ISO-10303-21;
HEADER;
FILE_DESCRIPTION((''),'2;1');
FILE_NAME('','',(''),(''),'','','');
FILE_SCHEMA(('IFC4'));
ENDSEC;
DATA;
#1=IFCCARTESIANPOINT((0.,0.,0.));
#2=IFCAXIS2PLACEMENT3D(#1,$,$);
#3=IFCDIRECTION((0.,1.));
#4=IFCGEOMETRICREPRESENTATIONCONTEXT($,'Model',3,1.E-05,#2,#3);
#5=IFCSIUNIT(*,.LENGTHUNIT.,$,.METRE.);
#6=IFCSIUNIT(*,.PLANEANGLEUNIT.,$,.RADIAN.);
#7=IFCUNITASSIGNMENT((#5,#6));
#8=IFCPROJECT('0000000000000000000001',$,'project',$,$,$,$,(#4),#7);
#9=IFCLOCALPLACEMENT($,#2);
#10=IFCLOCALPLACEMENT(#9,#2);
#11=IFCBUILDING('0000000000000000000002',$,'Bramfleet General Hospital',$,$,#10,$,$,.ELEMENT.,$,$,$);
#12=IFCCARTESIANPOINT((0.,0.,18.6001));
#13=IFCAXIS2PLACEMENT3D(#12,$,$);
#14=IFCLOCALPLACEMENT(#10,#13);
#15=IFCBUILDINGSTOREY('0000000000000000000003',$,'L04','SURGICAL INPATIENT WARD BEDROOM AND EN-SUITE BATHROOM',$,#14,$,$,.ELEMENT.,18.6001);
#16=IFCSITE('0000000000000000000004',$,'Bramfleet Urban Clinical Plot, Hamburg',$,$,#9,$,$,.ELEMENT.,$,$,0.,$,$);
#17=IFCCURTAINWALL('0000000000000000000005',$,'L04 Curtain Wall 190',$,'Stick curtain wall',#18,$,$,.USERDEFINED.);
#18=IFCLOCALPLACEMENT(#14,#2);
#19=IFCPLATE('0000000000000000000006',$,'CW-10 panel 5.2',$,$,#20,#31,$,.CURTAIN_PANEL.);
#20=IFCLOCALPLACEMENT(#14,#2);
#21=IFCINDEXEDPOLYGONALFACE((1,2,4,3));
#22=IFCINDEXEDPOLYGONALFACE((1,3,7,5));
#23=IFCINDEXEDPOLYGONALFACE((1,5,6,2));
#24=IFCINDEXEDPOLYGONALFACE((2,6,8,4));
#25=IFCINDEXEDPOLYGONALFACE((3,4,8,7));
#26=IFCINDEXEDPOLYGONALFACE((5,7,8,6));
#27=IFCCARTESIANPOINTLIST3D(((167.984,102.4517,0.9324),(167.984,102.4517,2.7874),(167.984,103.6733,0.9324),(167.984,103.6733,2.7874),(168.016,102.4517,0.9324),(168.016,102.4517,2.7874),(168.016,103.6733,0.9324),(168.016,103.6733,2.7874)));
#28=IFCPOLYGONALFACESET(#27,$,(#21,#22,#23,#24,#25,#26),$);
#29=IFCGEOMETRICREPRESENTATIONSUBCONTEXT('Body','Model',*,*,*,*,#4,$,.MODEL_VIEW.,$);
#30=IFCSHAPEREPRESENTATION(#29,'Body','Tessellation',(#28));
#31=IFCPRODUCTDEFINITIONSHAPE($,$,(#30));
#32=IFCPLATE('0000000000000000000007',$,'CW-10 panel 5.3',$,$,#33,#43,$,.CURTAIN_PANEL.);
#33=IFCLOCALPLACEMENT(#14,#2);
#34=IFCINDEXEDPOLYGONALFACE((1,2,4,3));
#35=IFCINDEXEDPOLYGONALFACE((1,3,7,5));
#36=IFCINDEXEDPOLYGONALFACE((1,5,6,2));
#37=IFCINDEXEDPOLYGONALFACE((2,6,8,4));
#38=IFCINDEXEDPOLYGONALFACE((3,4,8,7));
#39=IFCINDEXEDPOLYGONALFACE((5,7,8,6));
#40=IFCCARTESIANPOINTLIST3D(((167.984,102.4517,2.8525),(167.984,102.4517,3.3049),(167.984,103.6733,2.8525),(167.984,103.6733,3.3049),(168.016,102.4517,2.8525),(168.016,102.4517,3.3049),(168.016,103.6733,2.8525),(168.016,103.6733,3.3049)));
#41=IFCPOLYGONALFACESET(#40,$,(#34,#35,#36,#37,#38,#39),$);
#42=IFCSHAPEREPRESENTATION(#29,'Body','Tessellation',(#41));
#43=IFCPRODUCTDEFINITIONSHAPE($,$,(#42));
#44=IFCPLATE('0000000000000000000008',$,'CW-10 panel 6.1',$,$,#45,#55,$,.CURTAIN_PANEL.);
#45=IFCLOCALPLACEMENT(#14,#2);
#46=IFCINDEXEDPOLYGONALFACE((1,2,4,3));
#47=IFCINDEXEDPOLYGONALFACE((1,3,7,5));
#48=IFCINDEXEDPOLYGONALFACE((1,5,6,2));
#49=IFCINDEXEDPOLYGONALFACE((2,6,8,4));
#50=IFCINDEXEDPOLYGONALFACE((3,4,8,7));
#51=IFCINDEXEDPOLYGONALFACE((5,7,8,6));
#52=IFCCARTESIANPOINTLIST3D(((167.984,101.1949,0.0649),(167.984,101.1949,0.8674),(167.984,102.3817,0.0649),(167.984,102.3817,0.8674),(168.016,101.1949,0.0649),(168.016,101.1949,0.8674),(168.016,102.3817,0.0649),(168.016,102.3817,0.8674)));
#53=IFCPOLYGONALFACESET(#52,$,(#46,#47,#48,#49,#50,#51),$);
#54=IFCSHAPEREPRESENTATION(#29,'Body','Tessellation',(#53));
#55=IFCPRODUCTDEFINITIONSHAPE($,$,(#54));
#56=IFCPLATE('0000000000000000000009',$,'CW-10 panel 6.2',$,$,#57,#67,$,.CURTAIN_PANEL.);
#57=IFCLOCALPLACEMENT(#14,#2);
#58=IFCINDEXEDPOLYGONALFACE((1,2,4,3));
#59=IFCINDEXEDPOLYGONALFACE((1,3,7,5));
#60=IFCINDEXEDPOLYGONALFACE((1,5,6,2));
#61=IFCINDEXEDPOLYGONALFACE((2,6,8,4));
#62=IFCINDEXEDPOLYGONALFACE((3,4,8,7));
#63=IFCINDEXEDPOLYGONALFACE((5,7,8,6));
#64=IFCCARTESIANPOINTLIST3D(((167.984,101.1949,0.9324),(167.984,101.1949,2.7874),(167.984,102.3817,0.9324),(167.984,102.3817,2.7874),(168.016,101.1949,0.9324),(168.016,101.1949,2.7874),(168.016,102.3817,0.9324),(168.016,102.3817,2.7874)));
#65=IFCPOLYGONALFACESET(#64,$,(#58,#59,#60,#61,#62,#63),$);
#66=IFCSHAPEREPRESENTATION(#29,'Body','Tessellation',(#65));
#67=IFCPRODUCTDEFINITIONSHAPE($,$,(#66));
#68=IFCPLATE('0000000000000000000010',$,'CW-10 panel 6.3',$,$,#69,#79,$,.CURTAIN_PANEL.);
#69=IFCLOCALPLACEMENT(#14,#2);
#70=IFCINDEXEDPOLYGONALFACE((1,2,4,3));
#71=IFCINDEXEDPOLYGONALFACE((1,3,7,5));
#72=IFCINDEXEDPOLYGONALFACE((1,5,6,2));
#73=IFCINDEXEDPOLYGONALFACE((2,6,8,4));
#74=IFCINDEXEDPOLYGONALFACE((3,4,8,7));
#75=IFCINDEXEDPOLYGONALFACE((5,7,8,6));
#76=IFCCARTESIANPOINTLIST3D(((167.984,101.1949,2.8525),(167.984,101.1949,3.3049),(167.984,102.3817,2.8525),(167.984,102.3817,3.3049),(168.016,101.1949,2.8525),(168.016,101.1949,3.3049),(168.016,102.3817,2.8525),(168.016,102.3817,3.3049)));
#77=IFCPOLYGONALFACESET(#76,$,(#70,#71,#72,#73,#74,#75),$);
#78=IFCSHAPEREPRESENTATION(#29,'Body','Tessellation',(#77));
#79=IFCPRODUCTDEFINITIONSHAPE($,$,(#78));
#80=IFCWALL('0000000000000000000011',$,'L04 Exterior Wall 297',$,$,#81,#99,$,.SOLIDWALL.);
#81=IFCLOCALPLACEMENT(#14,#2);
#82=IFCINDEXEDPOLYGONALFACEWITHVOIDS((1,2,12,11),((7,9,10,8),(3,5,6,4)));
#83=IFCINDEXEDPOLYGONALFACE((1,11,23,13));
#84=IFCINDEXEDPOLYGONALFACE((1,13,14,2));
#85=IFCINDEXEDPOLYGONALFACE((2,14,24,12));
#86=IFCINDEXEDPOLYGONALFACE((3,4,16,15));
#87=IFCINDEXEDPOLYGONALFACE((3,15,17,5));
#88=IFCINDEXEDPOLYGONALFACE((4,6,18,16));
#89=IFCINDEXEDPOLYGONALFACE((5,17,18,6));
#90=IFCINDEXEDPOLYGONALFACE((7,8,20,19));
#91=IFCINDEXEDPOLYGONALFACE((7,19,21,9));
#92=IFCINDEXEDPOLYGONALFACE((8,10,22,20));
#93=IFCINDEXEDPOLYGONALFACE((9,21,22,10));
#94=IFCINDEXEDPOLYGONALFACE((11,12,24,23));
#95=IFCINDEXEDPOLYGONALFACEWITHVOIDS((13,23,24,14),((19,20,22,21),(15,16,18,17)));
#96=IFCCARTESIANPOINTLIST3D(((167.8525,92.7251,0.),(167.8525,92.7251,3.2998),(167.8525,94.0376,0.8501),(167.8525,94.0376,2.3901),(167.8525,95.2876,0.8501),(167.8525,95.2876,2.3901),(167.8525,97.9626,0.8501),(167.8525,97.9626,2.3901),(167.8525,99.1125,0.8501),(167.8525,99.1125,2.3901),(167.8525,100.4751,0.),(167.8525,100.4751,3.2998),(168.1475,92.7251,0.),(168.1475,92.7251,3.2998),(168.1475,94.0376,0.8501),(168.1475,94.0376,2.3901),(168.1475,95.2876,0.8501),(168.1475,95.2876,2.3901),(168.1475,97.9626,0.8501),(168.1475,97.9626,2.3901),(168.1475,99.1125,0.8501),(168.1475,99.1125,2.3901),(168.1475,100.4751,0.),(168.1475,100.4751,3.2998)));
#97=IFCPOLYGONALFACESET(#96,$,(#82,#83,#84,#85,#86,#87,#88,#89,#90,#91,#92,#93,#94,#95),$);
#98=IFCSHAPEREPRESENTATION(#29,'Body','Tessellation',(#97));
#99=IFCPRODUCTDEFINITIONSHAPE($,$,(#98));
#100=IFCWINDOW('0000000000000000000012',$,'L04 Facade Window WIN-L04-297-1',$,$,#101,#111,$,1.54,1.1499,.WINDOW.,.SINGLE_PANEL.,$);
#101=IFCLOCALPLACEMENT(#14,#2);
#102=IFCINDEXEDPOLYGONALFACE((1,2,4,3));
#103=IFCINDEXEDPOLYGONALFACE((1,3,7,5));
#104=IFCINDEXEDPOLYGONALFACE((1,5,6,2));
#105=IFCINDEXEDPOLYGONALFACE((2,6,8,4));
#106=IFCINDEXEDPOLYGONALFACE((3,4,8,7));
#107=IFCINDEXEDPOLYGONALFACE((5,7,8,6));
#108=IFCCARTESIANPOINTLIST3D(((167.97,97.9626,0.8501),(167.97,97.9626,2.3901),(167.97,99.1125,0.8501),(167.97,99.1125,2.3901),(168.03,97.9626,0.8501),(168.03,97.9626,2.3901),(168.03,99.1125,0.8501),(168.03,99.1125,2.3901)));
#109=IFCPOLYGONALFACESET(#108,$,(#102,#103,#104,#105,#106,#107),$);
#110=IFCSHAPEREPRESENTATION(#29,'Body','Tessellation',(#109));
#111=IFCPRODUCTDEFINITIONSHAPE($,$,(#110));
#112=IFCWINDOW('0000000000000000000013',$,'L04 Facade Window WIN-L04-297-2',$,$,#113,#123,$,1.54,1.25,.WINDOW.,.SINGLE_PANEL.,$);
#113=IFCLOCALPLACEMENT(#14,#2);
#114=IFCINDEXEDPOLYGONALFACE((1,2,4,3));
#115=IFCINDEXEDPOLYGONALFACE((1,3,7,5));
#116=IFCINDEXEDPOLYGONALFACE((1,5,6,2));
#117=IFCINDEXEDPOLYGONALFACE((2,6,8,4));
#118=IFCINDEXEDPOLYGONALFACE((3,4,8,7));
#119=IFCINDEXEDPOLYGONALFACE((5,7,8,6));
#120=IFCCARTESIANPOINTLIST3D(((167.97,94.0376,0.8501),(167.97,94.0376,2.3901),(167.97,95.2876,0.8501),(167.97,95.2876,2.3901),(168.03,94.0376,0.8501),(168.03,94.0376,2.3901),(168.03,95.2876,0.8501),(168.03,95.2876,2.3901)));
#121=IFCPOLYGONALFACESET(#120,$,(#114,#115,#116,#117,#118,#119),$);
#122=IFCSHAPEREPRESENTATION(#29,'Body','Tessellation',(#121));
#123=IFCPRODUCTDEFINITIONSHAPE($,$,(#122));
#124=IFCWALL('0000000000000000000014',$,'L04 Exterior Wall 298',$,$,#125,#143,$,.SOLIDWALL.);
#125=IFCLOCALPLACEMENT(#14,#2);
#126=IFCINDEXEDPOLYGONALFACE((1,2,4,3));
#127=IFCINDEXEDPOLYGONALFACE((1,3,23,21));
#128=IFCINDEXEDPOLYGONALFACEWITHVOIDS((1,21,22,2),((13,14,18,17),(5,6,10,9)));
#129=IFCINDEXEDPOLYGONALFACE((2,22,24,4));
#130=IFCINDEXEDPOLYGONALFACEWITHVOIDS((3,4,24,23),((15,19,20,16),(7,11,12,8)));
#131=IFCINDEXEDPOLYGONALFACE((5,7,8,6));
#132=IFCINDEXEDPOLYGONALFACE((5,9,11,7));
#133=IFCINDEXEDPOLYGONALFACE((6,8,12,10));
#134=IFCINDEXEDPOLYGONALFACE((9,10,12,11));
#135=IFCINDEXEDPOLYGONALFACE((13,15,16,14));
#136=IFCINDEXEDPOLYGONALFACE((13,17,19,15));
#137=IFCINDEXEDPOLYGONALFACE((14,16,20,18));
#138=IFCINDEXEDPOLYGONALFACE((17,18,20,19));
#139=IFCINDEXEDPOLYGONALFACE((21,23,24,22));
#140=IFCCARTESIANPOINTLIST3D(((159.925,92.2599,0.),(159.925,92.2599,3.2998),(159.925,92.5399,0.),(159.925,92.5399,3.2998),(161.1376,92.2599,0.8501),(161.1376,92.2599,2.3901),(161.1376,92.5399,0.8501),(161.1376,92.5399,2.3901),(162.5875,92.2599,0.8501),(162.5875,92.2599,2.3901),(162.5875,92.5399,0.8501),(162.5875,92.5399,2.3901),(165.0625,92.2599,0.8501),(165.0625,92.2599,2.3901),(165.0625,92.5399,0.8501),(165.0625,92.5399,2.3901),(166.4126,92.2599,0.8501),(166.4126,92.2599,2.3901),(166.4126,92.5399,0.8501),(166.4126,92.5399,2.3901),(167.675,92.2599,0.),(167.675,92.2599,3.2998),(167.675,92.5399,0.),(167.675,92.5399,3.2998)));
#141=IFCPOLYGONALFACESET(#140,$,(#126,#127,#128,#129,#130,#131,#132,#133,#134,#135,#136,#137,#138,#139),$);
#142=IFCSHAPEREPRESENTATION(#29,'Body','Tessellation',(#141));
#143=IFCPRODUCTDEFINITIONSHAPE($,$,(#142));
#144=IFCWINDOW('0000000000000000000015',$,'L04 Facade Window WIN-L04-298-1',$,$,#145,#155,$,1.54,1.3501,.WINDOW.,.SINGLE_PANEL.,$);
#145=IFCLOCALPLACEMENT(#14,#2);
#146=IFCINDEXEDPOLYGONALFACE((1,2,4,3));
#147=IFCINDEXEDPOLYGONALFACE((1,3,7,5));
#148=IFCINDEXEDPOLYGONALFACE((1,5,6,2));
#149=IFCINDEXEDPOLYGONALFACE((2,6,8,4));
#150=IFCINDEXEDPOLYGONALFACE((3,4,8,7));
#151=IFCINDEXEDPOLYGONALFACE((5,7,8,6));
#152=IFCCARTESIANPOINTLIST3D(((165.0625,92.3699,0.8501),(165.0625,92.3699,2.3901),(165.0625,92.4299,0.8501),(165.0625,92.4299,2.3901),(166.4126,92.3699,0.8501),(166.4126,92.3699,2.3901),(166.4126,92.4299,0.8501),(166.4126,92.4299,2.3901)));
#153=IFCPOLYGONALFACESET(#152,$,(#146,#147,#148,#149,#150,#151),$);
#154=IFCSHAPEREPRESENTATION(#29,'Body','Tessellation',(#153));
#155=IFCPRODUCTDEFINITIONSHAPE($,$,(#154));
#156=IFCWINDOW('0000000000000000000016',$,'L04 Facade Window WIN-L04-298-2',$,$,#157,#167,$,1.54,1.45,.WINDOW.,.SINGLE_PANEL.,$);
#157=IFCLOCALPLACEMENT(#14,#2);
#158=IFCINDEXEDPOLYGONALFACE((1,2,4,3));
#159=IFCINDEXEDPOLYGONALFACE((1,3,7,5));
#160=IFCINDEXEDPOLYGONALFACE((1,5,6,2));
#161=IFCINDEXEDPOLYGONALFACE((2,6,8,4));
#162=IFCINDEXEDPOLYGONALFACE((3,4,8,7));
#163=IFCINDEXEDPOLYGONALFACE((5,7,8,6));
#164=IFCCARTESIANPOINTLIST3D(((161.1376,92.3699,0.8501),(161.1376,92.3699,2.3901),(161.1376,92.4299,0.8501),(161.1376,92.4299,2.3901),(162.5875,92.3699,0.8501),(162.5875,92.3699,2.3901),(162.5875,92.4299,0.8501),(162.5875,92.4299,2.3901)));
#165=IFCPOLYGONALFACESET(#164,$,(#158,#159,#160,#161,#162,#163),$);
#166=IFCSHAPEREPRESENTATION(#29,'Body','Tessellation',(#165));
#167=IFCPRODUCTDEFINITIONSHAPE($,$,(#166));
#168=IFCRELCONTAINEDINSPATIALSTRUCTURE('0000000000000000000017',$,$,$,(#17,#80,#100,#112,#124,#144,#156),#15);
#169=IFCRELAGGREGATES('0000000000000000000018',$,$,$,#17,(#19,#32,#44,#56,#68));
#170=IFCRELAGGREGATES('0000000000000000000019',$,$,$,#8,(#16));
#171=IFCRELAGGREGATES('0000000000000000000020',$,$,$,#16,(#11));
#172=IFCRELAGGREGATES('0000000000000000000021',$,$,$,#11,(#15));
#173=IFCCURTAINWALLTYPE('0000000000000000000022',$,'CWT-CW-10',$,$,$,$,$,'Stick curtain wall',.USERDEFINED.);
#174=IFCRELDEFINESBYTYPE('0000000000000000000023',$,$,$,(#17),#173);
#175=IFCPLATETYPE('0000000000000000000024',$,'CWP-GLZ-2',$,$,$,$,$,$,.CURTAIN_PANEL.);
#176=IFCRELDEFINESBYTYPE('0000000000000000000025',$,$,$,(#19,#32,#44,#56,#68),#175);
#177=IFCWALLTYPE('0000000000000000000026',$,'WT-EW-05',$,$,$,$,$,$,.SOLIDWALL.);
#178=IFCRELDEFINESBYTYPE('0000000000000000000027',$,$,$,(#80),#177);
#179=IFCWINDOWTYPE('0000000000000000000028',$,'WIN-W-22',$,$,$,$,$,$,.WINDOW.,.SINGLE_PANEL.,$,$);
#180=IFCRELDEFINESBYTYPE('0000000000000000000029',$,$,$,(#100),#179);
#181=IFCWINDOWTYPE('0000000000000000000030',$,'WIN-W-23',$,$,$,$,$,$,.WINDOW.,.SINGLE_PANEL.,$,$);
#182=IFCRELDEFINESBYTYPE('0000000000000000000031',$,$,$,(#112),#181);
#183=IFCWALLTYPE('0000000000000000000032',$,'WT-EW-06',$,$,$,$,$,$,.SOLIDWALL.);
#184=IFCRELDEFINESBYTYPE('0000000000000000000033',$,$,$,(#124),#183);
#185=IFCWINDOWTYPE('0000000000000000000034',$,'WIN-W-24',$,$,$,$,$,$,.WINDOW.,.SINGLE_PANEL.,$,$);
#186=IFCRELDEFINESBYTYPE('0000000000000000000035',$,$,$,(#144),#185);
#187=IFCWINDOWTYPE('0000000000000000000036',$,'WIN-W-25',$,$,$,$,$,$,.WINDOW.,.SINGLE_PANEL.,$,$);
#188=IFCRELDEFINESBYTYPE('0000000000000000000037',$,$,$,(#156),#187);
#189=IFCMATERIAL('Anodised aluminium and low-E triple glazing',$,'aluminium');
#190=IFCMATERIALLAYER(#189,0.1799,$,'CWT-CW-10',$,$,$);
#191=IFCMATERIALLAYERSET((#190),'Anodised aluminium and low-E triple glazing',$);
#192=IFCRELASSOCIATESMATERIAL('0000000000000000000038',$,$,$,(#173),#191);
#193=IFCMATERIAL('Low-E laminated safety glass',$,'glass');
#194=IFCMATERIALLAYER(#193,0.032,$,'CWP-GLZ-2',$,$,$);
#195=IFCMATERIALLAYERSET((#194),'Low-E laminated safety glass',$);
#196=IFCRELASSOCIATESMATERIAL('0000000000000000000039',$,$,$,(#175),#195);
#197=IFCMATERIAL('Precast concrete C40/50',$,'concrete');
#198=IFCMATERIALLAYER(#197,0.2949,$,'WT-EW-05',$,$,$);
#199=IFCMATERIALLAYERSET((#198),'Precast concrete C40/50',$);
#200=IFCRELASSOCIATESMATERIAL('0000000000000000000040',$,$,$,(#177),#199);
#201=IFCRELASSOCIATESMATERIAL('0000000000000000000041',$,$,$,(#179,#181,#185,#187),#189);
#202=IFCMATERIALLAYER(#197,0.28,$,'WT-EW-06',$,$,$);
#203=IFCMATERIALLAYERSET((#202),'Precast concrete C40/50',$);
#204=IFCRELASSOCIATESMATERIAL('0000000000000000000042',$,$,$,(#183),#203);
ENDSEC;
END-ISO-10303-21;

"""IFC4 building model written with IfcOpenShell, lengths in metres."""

from ifc_helpers import new_model, si_unit, direction, frame, frame_2d, origin, origin_2d, place, context, subcontext, project, spatial, rectangle, extrude, material, layer, layer_set, type_object, element, fill, aggregate, save


model = new_model("IFC4")

# Units and contexts
model_context = context("Model", 3, precision=1e-05, world=origin(), true_north=direction((0.0, 1.0)))
body_context = subcontext(model_context, "Body", "Model", "MODEL_VIEW")
ifc_project = project(units=[si_unit("LENGTHUNIT", "METRE"), si_unit("PLANEANGLEUNIT", "RADIAN")], contexts=[model_context])

# Site, building, storey
site_placement = place(None, origin())
site = spatial("IfcSite", under=ifc_project, at=site_placement, Name="Bramfleet Urban Clinical Plot, Hamburg", CompositionType="ELEMENT", RefElevation=0.0)
building_placement = place(site_placement, origin())
building = spatial("IfcBuilding", under=site, at=building_placement, Name="Bramfleet General Hospital", CompositionType="ELEMENT")
storey_placement = place(building_placement, frame((0.0, 0.0, 18.6001)))
storey = spatial("IfcBuildingStorey", under=building, at=storey_placement, Name="L04", Description="SURGICAL INPATIENT WARD BEDROOM AND EN-SUITE BATHROOM", CompositionType="ELEMENT", Elevation=18.6001)

# Curtain wall, plates
ifc_material_1 = material(Name="Anodised aluminium and low-E triple glazing", Category="aluminium")
ifc_layer_1 = layer(ifc_material_1, 0.1799, Name="CWT-CW-10")
ifc_layer_set_1 = layer_set([ifc_layer_1], Name="Anodised aluminium and low-E triple glazing")
curtain_wall_type = type_object("IfcCurtainWallType", Name="CWT-CW-10", ElementType="Stick curtain wall", PredefinedType="USERDEFINED", material=ifc_layer_set_1)
curtain_wall_placement = place(storey_placement, origin())
curtain_wall = element("IfcCurtainWall", 1, at=curtain_wall_placement, inside=storey, type_object=curtain_wall_type, Name="L04 Curtain Wall 190", ObjectType="Stick curtain wall", PredefinedType="USERDEFINED")
ifc_material_2 = material(Name="Low-E laminated safety glass", Category="glass")
ifc_layer_2 = layer(ifc_material_2, 0.032, Name="CWP-GLZ-2")
ifc_layer_set_2 = layer_set([ifc_layer_2], Name="Low-E laminated safety glass")
plate_type = type_object("IfcPlateType", Name="CWP-GLZ-2", PredefinedType="CURTAIN_PANEL", material=ifc_layer_set_2)
plate_1_placement = place(storey_placement, frame((168.0, 103.0625, 0.9324), z_axis=(0.0, 0.0, 1.0), x_axis=(0.0, -1.0, 0.0)))
plate_1 = element("IfcPlate", 2, at=plate_1_placement, type_object=plate_type, Name="CW-10 panel 5.2", PredefinedType="CURTAIN_PANEL", context=body_context, shape_type="SweptSolid", body=[
    extrude(rectangle(XDim=1.2217, YDim=0.032, at=origin_2d()), origin(), (0.0, 0.0, 1.0), 1.855),
])
plate_2_placement = place(storey_placement, frame((168.0, 103.0625, 2.8525), z_axis=(0.0, 0.0, 1.0), x_axis=(0.0, -1.0, 0.0)))
plate_2 = element("IfcPlate", 3, at=plate_2_placement, type_object=plate_type, Name="CW-10 panel 5.3", PredefinedType="CURTAIN_PANEL", context=body_context, shape_type="SweptSolid", body=[
    extrude(rectangle(XDim=1.2217, YDim=0.032, at=origin_2d()), origin(), (0.0, 0.0, 1.0), 0.4524),
])
plate_3_placement = place(storey_placement, frame((168.0, 101.7883, 0.0649), z_axis=(0.0, 0.0, 1.0), x_axis=(0.0, -1.0, 0.0)))
plate_3 = element("IfcPlate", 4, at=plate_3_placement, type_object=plate_type, Name="CW-10 panel 6.1", PredefinedType="CURTAIN_PANEL", context=body_context, shape_type="SweptSolid", body=[
    extrude(rectangle(XDim=1.1868, YDim=0.032, at=origin_2d()), origin(), (0.0, 0.0, 1.0), 0.8025),
])
plate_4_placement = place(storey_placement, frame((168.0, 101.7883, 0.9324), z_axis=(0.0, 0.0, 1.0), x_axis=(0.0, -1.0, 0.0)))
plate_4 = element("IfcPlate", 5, at=plate_4_placement, type_object=plate_type, Name="CW-10 panel 6.2", PredefinedType="CURTAIN_PANEL", context=body_context, shape_type="SweptSolid", body=[
    extrude(rectangle(XDim=1.1868, YDim=0.032, at=origin_2d()), origin(), (0.0, 0.0, 1.0), 1.855),
])
plate_5_placement = place(storey_placement, frame((168.0, 101.7883, 2.8525), z_axis=(0.0, 0.0, 1.0), x_axis=(0.0, -1.0, 0.0)))
plate_5 = element("IfcPlate", 6, at=plate_5_placement, type_object=plate_type, Name="CW-10 panel 6.3", PredefinedType="CURTAIN_PANEL", context=body_context, shape_type="SweptSolid", body=[
    extrude(rectangle(XDim=1.1868, YDim=0.032, at=origin_2d()), origin(), (0.0, 0.0, 1.0), 0.4524),
])
aggregate(curtain_wall, [plate_1, plate_2, plate_3, plate_4, plate_5])

# Walls, openings, windows
ifc_material_3 = material(Name="Precast concrete C40/50", Category="concrete")
ifc_layer_3 = layer(ifc_material_3, 0.2949, Name="WT-EW-05")
ifc_layer_set_3 = layer_set([ifc_layer_3], Name="Precast concrete C40/50")
wall_type_1 = type_object("IfcWallType", Name="WT-EW-05", PredefinedType="SOLIDWALL", material=ifc_layer_set_3)
wall_1_placement = place(storey_placement, frame((168.0, 100.4751, 0.0), z_axis=(0.0, 0.0, 1.0), x_axis=(0.0, -1.0, 0.0)))
wall_1 = element("IfcWall", 7, at=wall_1_placement, inside=storey, type_object=wall_type_1, Name="L04 Exterior Wall 297", PredefinedType="SOLIDWALL", context=body_context, shape_type="SweptSolid", body=[
    extrude(rectangle(XDim=7.75, YDim=0.2949, at=frame_2d((3.875, 0.0))), origin(), (0.0, 0.0, 1.0), 3.2998),
])
opening_1_placement = place(wall_1_placement, frame((1.3625, 0.0, 0.8501)))
opening_1 = element("IfcOpeningElement", 8, at=opening_1_placement, cuts=wall_1, PredefinedType="OPENING", context=body_context, shape_type="SweptSolid", body=[
    extrude(rectangle(XDim=1.1499, YDim=1.54, at=frame_2d((0.575, 0.77))), frame((0.0, 0.1575, 0.0), z_axis=(0.0, -1.0, 0.0), x_axis=(1.0, 0.0, 0.0)), (0.0, 0.0, 1.0), 0.3149),
])
opening_2_placement = place(wall_1_placement, frame((5.1875, 0.0, 0.8501)))
opening_2 = element("IfcOpeningElement", 9, at=opening_2_placement, cuts=wall_1, PredefinedType="OPENING", context=body_context, shape_type="SweptSolid", body=[
    extrude(rectangle(XDim=1.25, YDim=1.54, at=frame_2d((0.625, 0.77))), frame((0.0, 0.1575, 0.0), z_axis=(0.0, -1.0, 0.0), x_axis=(1.0, 0.0, 0.0)), (0.0, 0.0, 1.0), 0.3149),
])
window_type_1 = type_object("IfcWindowType", Name="WIN-W-22", PartitioningType="SINGLE_PANEL", PredefinedType="WINDOW", material=ifc_material_1)
window_1_placement = place(opening_1_placement, origin())
window_1 = element("IfcWindow", 10, at=window_1_placement, inside=storey, type_object=window_type_1, Name="L04 Facade Window WIN-L04-297-1", OverallHeight=1.54, OverallWidth=1.1499, PartitioningType="SINGLE_PANEL", PredefinedType="WINDOW", context=body_context, shape_type="SweptSolid", body=[
    extrude(rectangle(XDim=1.1499, YDim=1.54, at=frame_2d((0.575, 0.77))), frame((0.0, 0.03, 0.0), z_axis=(0.0, -1.0, 0.0), x_axis=(1.0, 0.0, 0.0)), (0.0, 0.0, 1.0), 0.0601),
])
fill(opening_1, window_1)
window_type_2 = type_object("IfcWindowType", Name="WIN-W-23", PartitioningType="SINGLE_PANEL", PredefinedType="WINDOW", material=ifc_material_1)
window_2_placement = place(opening_2_placement, origin())
window_2 = element("IfcWindow", 11, at=window_2_placement, inside=storey, type_object=window_type_2, Name="L04 Facade Window WIN-L04-297-2", OverallHeight=1.54, OverallWidth=1.25, PartitioningType="SINGLE_PANEL", PredefinedType="WINDOW", context=body_context, shape_type="SweptSolid", body=[
    extrude(rectangle(XDim=1.25, YDim=1.54, at=frame_2d((0.625, 0.77))), frame((0.0, 0.03, 0.0), z_axis=(0.0, -1.0, 0.0), x_axis=(1.0, 0.0, 0.0)), (0.0, 0.0, 1.0), 0.0601),
])
fill(opening_2, window_2)
ifc_layer_4 = layer(ifc_material_3, 0.28, Name="WT-EW-06")
ifc_layer_set_4 = layer_set([ifc_layer_4], Name="Precast concrete C40/50")
wall_type_2 = type_object("IfcWallType", Name="WT-EW-06", PredefinedType="SOLIDWALL", material=ifc_layer_set_4)
wall_2_placement = place(storey_placement, frame((167.675, 92.3999, 0.0), z_axis=(0.0, 0.0, 1.0), x_axis=(-1.0, 0.0, 0.0)))
wall_2 = element("IfcWall", 12, at=wall_2_placement, inside=storey, type_object=wall_type_2, Name="L04 Exterior Wall 298", PredefinedType="SOLIDWALL", context=body_context, shape_type="SweptSolid", body=[
    extrude(rectangle(XDim=7.75, YDim=0.28, at=frame_2d((3.875, 0.0))), origin(), (0.0, 0.0, 1.0), 3.2998),
])
opening_3_placement = place(wall_2_placement, frame((1.2625, 0.0, 0.8501)))
opening_3 = element("IfcOpeningElement", 13, at=opening_3_placement, cuts=wall_2, PredefinedType="OPENING", context=body_context, shape_type="SweptSolid", body=[
    extrude(rectangle(XDim=1.3501, YDim=1.54, at=frame_2d((0.675, 0.77))), frame((0.0, 0.1499, 0.0), z_axis=(0.0, -1.0, 0.0), x_axis=(1.0, 0.0, 0.0)), (0.0, 0.0, 1.0), 0.3),
])
opening_4_placement = place(wall_2_placement, frame((5.0874, 0.0, 0.8501)))
opening_4 = element("IfcOpeningElement", 14, at=opening_4_placement, cuts=wall_2, PredefinedType="OPENING", context=body_context, shape_type="SweptSolid", body=[
    extrude(rectangle(XDim=1.45, YDim=1.54, at=frame_2d((0.7251, 0.77))), frame((0.0, 0.1499, 0.0), z_axis=(0.0, -1.0, 0.0), x_axis=(1.0, 0.0, 0.0)), (0.0, 0.0, 1.0), 0.3),
])
window_type_3 = type_object("IfcWindowType", Name="WIN-W-24", PartitioningType="SINGLE_PANEL", PredefinedType="WINDOW", material=ifc_material_1)
window_3_placement = place(opening_3_placement, origin())
window_3 = element("IfcWindow", 15, at=window_3_placement, inside=storey, type_object=window_type_3, Name="L04 Facade Window WIN-L04-298-1", OverallHeight=1.54, OverallWidth=1.3501, PartitioningType="SINGLE_PANEL", PredefinedType="WINDOW", context=body_context, shape_type="SweptSolid", body=[
    extrude(rectangle(XDim=1.3501, YDim=1.54, at=frame_2d((0.675, 0.77))), frame((0.0, 0.03, 0.0), z_axis=(0.0, -1.0, 0.0), x_axis=(1.0, 0.0, 0.0)), (0.0, 0.0, 1.0), 0.0601),
])
fill(opening_3, window_3)
window_type_4 = type_object("IfcWindowType", Name="WIN-W-25", PartitioningType="SINGLE_PANEL", PredefinedType="WINDOW", material=ifc_material_1)
window_4_placement = place(opening_4_placement, origin())
window_4 = element("IfcWindow", 16, at=window_4_placement, inside=storey, type_object=window_type_4, Name="L04 Facade Window WIN-L04-298-2", OverallHeight=1.54, OverallWidth=1.45, PartitioningType="SINGLE_PANEL", PredefinedType="WINDOW", context=body_context, shape_type="SweptSolid", body=[
    extrude(rectangle(XDim=1.45, YDim=1.54, at=frame_2d((0.7251, 0.77))), frame((0.0, 0.03, 0.0), z_axis=(0.0, -1.0, 0.0), x_axis=(1.0, 0.0, 0.0)), (0.0, 0.0, 1.0), 0.0601),
])
fill(opening_4, window_4)

save(model, "model.ifc")
